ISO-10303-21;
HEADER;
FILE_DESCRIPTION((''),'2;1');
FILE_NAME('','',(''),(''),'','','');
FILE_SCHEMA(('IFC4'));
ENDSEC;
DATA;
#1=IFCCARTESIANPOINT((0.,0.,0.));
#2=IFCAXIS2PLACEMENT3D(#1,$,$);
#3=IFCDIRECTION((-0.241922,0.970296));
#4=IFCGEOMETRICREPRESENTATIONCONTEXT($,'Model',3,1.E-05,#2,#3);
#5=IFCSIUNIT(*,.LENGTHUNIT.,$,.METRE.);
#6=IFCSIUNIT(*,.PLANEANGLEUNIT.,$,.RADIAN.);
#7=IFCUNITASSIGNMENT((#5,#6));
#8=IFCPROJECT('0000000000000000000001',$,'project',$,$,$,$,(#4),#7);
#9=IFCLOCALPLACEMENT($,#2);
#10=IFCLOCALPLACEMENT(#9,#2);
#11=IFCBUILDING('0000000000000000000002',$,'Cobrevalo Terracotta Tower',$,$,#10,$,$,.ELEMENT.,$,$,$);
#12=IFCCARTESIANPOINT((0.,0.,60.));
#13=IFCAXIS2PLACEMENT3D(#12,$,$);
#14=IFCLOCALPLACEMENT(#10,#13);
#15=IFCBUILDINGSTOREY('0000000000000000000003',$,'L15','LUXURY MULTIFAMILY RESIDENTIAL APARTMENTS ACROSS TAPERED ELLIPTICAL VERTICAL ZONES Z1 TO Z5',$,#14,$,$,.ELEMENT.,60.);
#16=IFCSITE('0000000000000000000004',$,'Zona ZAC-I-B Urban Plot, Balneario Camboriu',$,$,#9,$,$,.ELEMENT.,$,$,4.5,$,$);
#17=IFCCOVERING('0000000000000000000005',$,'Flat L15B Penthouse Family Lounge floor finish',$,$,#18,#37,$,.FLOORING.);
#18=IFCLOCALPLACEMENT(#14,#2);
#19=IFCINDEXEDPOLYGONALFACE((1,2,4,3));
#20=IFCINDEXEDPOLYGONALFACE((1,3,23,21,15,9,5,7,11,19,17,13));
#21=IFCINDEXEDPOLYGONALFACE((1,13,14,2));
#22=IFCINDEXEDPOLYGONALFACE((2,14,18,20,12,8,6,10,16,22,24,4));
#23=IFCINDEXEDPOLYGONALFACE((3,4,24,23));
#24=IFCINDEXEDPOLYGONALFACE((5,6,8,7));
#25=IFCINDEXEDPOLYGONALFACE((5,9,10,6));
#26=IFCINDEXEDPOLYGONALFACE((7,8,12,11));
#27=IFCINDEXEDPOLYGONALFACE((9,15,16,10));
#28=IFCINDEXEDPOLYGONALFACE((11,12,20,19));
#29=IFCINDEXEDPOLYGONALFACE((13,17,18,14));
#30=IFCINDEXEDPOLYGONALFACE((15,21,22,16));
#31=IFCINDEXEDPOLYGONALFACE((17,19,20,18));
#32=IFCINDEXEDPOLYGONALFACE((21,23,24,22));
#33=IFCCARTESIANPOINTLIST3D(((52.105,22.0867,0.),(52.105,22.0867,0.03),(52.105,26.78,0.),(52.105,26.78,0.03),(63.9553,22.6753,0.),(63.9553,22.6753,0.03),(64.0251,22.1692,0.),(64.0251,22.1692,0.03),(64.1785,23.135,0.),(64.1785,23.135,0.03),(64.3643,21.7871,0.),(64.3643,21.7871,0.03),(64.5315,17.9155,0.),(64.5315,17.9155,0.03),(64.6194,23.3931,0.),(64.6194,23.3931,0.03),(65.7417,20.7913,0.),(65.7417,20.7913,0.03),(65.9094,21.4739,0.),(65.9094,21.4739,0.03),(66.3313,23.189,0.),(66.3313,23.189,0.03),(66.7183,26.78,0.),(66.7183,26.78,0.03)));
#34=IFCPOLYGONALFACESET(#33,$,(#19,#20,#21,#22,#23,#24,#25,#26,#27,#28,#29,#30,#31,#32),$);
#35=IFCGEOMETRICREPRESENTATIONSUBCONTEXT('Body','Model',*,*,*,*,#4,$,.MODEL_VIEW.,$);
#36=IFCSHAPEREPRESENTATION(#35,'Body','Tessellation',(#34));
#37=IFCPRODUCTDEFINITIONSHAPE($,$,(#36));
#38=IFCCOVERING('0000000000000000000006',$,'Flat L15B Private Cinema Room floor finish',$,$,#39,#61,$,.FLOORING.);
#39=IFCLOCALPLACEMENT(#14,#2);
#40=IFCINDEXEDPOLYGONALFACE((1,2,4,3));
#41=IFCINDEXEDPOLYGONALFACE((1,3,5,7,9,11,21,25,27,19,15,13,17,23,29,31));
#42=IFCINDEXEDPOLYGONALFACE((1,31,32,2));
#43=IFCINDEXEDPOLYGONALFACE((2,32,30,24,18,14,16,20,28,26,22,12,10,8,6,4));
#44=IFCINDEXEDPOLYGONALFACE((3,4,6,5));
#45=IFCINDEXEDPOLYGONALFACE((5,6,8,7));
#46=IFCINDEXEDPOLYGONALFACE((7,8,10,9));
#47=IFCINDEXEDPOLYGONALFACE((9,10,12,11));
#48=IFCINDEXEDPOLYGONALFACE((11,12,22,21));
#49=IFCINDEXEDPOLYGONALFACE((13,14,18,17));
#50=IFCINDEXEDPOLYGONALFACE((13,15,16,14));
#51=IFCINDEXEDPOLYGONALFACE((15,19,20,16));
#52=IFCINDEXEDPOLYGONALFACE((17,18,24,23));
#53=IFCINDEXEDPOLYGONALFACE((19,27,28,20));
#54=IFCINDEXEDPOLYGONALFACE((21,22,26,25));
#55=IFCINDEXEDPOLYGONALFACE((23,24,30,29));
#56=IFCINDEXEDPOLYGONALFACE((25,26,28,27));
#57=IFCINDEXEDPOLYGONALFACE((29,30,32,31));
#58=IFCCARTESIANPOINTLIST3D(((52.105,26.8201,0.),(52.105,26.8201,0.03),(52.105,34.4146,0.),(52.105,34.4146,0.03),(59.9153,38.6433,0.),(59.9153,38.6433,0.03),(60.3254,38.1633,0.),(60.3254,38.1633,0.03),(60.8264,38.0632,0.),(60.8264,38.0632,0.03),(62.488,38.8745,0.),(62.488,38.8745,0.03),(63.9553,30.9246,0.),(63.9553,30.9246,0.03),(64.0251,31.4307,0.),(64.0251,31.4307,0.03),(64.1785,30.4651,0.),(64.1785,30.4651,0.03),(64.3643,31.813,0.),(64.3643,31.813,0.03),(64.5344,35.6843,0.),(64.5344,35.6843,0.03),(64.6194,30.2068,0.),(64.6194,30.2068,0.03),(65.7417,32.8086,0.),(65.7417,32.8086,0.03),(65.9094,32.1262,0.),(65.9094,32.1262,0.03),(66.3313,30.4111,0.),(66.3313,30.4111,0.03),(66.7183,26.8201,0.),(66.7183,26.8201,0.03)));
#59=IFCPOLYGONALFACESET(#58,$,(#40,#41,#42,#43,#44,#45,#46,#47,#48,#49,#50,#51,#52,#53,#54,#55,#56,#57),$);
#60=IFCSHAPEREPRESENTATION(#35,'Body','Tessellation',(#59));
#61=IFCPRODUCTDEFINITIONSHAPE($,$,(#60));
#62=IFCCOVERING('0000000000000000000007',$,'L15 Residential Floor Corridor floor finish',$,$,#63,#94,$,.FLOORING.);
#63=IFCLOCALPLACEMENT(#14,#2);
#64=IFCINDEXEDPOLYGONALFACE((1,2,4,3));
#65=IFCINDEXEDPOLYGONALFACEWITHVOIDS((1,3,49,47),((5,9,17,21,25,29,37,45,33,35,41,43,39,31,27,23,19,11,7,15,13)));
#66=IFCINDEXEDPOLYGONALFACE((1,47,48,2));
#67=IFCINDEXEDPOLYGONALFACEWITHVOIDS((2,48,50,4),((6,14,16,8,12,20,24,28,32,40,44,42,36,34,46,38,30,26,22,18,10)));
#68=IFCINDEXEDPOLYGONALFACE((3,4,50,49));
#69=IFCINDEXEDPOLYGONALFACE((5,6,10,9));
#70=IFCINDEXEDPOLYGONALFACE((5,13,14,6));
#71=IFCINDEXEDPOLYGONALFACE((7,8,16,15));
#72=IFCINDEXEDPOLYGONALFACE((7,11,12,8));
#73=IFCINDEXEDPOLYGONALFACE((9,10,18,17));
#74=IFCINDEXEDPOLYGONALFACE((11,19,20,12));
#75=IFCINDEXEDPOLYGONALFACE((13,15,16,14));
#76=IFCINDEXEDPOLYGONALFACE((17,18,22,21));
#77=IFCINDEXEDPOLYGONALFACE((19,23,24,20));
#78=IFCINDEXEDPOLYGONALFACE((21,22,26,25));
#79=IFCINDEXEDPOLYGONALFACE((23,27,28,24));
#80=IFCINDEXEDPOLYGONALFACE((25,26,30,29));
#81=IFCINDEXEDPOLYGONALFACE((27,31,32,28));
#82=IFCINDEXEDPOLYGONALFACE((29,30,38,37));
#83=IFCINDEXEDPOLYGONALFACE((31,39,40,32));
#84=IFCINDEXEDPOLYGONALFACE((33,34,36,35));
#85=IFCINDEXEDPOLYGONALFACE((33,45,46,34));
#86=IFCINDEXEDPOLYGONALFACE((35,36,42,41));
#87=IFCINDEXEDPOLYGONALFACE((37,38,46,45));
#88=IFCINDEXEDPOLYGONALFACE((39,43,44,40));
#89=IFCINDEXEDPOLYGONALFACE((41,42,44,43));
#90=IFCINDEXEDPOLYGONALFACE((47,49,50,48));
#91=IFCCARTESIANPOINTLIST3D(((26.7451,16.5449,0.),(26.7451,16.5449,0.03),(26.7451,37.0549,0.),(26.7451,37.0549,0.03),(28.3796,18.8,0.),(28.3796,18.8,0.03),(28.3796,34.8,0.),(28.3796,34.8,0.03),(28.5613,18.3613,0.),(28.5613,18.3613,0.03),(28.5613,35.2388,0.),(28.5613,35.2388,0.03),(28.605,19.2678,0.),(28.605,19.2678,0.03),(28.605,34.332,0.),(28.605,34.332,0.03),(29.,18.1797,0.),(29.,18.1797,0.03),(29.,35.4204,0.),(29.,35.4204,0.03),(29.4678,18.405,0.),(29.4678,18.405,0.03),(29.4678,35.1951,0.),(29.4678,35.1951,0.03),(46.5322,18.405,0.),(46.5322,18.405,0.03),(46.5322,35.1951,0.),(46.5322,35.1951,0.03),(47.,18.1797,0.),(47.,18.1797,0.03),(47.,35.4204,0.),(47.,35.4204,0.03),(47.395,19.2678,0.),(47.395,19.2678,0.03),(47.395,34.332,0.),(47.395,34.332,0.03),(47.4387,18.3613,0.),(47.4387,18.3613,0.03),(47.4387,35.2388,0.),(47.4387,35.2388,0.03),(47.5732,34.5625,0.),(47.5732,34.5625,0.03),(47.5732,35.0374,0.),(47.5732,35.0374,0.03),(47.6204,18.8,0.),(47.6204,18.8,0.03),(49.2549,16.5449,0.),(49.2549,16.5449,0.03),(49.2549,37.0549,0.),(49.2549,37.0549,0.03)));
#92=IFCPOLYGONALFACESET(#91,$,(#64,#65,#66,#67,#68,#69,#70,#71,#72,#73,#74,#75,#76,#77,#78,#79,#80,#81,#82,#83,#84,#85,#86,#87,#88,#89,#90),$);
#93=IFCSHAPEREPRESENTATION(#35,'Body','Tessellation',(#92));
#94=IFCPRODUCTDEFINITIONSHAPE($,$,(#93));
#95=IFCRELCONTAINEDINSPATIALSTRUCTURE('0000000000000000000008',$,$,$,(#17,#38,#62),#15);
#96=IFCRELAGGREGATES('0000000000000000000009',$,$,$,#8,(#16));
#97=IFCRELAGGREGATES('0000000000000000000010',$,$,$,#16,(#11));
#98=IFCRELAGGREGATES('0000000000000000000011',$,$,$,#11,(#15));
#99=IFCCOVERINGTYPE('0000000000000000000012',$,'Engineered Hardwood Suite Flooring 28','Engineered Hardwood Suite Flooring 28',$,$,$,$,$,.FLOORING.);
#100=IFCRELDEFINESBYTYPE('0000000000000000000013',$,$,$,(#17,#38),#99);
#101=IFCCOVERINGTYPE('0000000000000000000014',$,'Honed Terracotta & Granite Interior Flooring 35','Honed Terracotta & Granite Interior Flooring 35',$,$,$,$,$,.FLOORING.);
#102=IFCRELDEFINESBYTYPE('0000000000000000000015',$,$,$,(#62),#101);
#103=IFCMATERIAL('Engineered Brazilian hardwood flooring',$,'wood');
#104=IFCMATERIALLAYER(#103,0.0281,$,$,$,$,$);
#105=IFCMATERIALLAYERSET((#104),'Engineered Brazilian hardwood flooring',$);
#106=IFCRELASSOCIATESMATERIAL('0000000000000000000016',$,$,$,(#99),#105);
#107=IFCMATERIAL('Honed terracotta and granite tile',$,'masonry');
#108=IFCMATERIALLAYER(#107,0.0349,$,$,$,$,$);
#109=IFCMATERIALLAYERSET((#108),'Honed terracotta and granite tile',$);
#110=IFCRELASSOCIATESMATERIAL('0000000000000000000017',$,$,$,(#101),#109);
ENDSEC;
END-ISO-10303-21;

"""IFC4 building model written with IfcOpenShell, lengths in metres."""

from ifc_helpers import new_model, si_unit, direction, frame, origin, place, context, subcontext, project, spatial, polyline, outline, extrude, material, layer, layer_set, type_object, element, save


model = new_model("IFC4")

# Units and contexts
model_context = context("Model", 3, precision=1e-05, world=origin(), true_north=direction((-0.241922, 0.970296)))
body_context = subcontext(model_context, "Body", "Model", "MODEL_VIEW")
ifc_project = project(units=[si_unit("LENGTHUNIT", "METRE"), si_unit("PLANEANGLEUNIT", "RADIAN")], contexts=[model_context])

# Site, building, storey
site_placement = place(None, origin())
site = spatial("IfcSite", under=ifc_project, at=site_placement, Name="Zona ZAC-I-B Urban Plot, Balneario Camboriu", CompositionType="ELEMENT", RefElevation=4.5)
building_placement = place(site_placement, origin())
building = spatial("IfcBuilding", under=site, at=building_placement, Name="Cobrevalo Terracotta Tower", CompositionType="ELEMENT")
storey_placement = place(building_placement, frame((0.0, 0.0, 60.0)))
storey = spatial("IfcBuildingStorey", under=building, at=storey_placement, Name="L15", Description="LUXURY MULTIFAMILY RESIDENTIAL APARTMENTS ACROSS TAPERED ELLIPTICAL VERTICAL ZONES Z1 TO Z5", CompositionType="ELEMENT", Elevation=60.0)

# Coverings
ifc_material_1 = material(Name="Engineered Brazilian hardwood flooring", Category="wood")
ifc_layer_1 = layer(ifc_material_1, 0.0281)
ifc_layer_set_1 = layer_set([ifc_layer_1], Name="Engineered Brazilian hardwood flooring")
covering_type_1 = type_object("IfcCoveringType", Name="Engineered Hardwood Suite Flooring 28", Description="Engineered Hardwood Suite Flooring 28", PredefinedType="FLOORING", material=ifc_layer_set_1)
covering_1_placement = place(storey_placement, origin())
element("IfcCovering", 1, at=covering_1_placement, inside=storey, type_object=covering_type_1, Name="Flat L15B Penthouse Family Lounge floor finish", PredefinedType="FLOORING", context=body_context, shape_type="SweptSolid", body=[
    extrude(outline(polyline([(52.105, 22.0867), (52.105, 26.78), (66.7183, 26.78), (66.3313, 23.189), (64.6194, 23.3931), (64.1785, 23.135), (63.9553, 22.6753), (64.0251, 22.1692), (64.3643, 21.7871), (65.9094, 21.4739), (65.7417, 20.7913), (64.5315, 17.9155), (52.105, 22.0867)])), origin(), (0.0, 0.0, 1.0), 0.03),
])
covering_2_placement = place(storey_placement, origin())
element("IfcCovering", 2, at=covering_2_placement, inside=storey, type_object=covering_type_1, Name="Flat L15B Private Cinema Room floor finish", PredefinedType="FLOORING", context=body_context, shape_type="SweptSolid", body=[
    extrude(outline(polyline([(59.9153, 38.6433), (60.3254, 38.1633), (60.8264, 38.0632), (62.488, 38.8745), (64.5344, 35.6843), (65.7417, 32.8086), (65.9094, 32.1262), (64.3643, 31.813), (64.0251, 31.4307), (63.9553, 30.9246), (64.1785, 30.4651), (64.6194, 30.2068), (66.3313, 30.4111), (66.7183, 26.8201), (52.105, 26.8201), (52.105, 34.4146), (59.9153, 38.6433)])), origin(), (0.0, 0.0, 1.0), 0.03),
])
ifc_material_2 = material(Name="Honed terracotta and granite tile", Category="masonry")
ifc_layer_2 = layer(ifc_material_2, 0.0349)
ifc_layer_set_2 = layer_set([ifc_layer_2], Name="Honed terracotta and granite tile")
covering_type_2 = type_object("IfcCoveringType", Name="Honed Terracotta & Granite Interior Flooring 35", Description="Honed Terracotta & Granite Interior Flooring 35", PredefinedType="FLOORING", material=ifc_layer_set_2)
covering_3_placement = place(storey_placement, origin())
element("IfcCovering", 3, at=covering_3_placement, inside=storey, type_object=covering_type_2, Name="L15 Residential Floor Corridor floor finish", PredefinedType="FLOORING", context=body_context, shape_type="SweptSolid", body=[
    extrude(outline(polyline([(49.2549, 37.0549), (49.2549, 16.5449), (26.7451, 16.5449), (26.7451, 37.0549), (49.2549, 37.0549)]), holes=[polyline([(47.395, 34.332), (47.5732, 34.5625), (47.5732, 35.0374), (47.4387, 35.2388), (47.0, 35.4204), (46.5322, 35.1951), (29.4678, 35.1951), (29.0, 35.4204), (28.5613, 35.2388), (28.3796, 34.8), (28.605, 34.332), (28.605, 19.2678), (28.3796, 18.8), (28.5613, 18.3613), (29.0, 18.1797), (29.4678, 18.405), (46.5322, 18.405), (47.0, 18.1797), (47.4387, 18.3613), (47.6204, 18.8), (47.395, 19.2678), (47.395, 34.332)])]), origin(), (0.0, 0.0, 1.0), 0.03),
])

save(model, "model.ifc")
